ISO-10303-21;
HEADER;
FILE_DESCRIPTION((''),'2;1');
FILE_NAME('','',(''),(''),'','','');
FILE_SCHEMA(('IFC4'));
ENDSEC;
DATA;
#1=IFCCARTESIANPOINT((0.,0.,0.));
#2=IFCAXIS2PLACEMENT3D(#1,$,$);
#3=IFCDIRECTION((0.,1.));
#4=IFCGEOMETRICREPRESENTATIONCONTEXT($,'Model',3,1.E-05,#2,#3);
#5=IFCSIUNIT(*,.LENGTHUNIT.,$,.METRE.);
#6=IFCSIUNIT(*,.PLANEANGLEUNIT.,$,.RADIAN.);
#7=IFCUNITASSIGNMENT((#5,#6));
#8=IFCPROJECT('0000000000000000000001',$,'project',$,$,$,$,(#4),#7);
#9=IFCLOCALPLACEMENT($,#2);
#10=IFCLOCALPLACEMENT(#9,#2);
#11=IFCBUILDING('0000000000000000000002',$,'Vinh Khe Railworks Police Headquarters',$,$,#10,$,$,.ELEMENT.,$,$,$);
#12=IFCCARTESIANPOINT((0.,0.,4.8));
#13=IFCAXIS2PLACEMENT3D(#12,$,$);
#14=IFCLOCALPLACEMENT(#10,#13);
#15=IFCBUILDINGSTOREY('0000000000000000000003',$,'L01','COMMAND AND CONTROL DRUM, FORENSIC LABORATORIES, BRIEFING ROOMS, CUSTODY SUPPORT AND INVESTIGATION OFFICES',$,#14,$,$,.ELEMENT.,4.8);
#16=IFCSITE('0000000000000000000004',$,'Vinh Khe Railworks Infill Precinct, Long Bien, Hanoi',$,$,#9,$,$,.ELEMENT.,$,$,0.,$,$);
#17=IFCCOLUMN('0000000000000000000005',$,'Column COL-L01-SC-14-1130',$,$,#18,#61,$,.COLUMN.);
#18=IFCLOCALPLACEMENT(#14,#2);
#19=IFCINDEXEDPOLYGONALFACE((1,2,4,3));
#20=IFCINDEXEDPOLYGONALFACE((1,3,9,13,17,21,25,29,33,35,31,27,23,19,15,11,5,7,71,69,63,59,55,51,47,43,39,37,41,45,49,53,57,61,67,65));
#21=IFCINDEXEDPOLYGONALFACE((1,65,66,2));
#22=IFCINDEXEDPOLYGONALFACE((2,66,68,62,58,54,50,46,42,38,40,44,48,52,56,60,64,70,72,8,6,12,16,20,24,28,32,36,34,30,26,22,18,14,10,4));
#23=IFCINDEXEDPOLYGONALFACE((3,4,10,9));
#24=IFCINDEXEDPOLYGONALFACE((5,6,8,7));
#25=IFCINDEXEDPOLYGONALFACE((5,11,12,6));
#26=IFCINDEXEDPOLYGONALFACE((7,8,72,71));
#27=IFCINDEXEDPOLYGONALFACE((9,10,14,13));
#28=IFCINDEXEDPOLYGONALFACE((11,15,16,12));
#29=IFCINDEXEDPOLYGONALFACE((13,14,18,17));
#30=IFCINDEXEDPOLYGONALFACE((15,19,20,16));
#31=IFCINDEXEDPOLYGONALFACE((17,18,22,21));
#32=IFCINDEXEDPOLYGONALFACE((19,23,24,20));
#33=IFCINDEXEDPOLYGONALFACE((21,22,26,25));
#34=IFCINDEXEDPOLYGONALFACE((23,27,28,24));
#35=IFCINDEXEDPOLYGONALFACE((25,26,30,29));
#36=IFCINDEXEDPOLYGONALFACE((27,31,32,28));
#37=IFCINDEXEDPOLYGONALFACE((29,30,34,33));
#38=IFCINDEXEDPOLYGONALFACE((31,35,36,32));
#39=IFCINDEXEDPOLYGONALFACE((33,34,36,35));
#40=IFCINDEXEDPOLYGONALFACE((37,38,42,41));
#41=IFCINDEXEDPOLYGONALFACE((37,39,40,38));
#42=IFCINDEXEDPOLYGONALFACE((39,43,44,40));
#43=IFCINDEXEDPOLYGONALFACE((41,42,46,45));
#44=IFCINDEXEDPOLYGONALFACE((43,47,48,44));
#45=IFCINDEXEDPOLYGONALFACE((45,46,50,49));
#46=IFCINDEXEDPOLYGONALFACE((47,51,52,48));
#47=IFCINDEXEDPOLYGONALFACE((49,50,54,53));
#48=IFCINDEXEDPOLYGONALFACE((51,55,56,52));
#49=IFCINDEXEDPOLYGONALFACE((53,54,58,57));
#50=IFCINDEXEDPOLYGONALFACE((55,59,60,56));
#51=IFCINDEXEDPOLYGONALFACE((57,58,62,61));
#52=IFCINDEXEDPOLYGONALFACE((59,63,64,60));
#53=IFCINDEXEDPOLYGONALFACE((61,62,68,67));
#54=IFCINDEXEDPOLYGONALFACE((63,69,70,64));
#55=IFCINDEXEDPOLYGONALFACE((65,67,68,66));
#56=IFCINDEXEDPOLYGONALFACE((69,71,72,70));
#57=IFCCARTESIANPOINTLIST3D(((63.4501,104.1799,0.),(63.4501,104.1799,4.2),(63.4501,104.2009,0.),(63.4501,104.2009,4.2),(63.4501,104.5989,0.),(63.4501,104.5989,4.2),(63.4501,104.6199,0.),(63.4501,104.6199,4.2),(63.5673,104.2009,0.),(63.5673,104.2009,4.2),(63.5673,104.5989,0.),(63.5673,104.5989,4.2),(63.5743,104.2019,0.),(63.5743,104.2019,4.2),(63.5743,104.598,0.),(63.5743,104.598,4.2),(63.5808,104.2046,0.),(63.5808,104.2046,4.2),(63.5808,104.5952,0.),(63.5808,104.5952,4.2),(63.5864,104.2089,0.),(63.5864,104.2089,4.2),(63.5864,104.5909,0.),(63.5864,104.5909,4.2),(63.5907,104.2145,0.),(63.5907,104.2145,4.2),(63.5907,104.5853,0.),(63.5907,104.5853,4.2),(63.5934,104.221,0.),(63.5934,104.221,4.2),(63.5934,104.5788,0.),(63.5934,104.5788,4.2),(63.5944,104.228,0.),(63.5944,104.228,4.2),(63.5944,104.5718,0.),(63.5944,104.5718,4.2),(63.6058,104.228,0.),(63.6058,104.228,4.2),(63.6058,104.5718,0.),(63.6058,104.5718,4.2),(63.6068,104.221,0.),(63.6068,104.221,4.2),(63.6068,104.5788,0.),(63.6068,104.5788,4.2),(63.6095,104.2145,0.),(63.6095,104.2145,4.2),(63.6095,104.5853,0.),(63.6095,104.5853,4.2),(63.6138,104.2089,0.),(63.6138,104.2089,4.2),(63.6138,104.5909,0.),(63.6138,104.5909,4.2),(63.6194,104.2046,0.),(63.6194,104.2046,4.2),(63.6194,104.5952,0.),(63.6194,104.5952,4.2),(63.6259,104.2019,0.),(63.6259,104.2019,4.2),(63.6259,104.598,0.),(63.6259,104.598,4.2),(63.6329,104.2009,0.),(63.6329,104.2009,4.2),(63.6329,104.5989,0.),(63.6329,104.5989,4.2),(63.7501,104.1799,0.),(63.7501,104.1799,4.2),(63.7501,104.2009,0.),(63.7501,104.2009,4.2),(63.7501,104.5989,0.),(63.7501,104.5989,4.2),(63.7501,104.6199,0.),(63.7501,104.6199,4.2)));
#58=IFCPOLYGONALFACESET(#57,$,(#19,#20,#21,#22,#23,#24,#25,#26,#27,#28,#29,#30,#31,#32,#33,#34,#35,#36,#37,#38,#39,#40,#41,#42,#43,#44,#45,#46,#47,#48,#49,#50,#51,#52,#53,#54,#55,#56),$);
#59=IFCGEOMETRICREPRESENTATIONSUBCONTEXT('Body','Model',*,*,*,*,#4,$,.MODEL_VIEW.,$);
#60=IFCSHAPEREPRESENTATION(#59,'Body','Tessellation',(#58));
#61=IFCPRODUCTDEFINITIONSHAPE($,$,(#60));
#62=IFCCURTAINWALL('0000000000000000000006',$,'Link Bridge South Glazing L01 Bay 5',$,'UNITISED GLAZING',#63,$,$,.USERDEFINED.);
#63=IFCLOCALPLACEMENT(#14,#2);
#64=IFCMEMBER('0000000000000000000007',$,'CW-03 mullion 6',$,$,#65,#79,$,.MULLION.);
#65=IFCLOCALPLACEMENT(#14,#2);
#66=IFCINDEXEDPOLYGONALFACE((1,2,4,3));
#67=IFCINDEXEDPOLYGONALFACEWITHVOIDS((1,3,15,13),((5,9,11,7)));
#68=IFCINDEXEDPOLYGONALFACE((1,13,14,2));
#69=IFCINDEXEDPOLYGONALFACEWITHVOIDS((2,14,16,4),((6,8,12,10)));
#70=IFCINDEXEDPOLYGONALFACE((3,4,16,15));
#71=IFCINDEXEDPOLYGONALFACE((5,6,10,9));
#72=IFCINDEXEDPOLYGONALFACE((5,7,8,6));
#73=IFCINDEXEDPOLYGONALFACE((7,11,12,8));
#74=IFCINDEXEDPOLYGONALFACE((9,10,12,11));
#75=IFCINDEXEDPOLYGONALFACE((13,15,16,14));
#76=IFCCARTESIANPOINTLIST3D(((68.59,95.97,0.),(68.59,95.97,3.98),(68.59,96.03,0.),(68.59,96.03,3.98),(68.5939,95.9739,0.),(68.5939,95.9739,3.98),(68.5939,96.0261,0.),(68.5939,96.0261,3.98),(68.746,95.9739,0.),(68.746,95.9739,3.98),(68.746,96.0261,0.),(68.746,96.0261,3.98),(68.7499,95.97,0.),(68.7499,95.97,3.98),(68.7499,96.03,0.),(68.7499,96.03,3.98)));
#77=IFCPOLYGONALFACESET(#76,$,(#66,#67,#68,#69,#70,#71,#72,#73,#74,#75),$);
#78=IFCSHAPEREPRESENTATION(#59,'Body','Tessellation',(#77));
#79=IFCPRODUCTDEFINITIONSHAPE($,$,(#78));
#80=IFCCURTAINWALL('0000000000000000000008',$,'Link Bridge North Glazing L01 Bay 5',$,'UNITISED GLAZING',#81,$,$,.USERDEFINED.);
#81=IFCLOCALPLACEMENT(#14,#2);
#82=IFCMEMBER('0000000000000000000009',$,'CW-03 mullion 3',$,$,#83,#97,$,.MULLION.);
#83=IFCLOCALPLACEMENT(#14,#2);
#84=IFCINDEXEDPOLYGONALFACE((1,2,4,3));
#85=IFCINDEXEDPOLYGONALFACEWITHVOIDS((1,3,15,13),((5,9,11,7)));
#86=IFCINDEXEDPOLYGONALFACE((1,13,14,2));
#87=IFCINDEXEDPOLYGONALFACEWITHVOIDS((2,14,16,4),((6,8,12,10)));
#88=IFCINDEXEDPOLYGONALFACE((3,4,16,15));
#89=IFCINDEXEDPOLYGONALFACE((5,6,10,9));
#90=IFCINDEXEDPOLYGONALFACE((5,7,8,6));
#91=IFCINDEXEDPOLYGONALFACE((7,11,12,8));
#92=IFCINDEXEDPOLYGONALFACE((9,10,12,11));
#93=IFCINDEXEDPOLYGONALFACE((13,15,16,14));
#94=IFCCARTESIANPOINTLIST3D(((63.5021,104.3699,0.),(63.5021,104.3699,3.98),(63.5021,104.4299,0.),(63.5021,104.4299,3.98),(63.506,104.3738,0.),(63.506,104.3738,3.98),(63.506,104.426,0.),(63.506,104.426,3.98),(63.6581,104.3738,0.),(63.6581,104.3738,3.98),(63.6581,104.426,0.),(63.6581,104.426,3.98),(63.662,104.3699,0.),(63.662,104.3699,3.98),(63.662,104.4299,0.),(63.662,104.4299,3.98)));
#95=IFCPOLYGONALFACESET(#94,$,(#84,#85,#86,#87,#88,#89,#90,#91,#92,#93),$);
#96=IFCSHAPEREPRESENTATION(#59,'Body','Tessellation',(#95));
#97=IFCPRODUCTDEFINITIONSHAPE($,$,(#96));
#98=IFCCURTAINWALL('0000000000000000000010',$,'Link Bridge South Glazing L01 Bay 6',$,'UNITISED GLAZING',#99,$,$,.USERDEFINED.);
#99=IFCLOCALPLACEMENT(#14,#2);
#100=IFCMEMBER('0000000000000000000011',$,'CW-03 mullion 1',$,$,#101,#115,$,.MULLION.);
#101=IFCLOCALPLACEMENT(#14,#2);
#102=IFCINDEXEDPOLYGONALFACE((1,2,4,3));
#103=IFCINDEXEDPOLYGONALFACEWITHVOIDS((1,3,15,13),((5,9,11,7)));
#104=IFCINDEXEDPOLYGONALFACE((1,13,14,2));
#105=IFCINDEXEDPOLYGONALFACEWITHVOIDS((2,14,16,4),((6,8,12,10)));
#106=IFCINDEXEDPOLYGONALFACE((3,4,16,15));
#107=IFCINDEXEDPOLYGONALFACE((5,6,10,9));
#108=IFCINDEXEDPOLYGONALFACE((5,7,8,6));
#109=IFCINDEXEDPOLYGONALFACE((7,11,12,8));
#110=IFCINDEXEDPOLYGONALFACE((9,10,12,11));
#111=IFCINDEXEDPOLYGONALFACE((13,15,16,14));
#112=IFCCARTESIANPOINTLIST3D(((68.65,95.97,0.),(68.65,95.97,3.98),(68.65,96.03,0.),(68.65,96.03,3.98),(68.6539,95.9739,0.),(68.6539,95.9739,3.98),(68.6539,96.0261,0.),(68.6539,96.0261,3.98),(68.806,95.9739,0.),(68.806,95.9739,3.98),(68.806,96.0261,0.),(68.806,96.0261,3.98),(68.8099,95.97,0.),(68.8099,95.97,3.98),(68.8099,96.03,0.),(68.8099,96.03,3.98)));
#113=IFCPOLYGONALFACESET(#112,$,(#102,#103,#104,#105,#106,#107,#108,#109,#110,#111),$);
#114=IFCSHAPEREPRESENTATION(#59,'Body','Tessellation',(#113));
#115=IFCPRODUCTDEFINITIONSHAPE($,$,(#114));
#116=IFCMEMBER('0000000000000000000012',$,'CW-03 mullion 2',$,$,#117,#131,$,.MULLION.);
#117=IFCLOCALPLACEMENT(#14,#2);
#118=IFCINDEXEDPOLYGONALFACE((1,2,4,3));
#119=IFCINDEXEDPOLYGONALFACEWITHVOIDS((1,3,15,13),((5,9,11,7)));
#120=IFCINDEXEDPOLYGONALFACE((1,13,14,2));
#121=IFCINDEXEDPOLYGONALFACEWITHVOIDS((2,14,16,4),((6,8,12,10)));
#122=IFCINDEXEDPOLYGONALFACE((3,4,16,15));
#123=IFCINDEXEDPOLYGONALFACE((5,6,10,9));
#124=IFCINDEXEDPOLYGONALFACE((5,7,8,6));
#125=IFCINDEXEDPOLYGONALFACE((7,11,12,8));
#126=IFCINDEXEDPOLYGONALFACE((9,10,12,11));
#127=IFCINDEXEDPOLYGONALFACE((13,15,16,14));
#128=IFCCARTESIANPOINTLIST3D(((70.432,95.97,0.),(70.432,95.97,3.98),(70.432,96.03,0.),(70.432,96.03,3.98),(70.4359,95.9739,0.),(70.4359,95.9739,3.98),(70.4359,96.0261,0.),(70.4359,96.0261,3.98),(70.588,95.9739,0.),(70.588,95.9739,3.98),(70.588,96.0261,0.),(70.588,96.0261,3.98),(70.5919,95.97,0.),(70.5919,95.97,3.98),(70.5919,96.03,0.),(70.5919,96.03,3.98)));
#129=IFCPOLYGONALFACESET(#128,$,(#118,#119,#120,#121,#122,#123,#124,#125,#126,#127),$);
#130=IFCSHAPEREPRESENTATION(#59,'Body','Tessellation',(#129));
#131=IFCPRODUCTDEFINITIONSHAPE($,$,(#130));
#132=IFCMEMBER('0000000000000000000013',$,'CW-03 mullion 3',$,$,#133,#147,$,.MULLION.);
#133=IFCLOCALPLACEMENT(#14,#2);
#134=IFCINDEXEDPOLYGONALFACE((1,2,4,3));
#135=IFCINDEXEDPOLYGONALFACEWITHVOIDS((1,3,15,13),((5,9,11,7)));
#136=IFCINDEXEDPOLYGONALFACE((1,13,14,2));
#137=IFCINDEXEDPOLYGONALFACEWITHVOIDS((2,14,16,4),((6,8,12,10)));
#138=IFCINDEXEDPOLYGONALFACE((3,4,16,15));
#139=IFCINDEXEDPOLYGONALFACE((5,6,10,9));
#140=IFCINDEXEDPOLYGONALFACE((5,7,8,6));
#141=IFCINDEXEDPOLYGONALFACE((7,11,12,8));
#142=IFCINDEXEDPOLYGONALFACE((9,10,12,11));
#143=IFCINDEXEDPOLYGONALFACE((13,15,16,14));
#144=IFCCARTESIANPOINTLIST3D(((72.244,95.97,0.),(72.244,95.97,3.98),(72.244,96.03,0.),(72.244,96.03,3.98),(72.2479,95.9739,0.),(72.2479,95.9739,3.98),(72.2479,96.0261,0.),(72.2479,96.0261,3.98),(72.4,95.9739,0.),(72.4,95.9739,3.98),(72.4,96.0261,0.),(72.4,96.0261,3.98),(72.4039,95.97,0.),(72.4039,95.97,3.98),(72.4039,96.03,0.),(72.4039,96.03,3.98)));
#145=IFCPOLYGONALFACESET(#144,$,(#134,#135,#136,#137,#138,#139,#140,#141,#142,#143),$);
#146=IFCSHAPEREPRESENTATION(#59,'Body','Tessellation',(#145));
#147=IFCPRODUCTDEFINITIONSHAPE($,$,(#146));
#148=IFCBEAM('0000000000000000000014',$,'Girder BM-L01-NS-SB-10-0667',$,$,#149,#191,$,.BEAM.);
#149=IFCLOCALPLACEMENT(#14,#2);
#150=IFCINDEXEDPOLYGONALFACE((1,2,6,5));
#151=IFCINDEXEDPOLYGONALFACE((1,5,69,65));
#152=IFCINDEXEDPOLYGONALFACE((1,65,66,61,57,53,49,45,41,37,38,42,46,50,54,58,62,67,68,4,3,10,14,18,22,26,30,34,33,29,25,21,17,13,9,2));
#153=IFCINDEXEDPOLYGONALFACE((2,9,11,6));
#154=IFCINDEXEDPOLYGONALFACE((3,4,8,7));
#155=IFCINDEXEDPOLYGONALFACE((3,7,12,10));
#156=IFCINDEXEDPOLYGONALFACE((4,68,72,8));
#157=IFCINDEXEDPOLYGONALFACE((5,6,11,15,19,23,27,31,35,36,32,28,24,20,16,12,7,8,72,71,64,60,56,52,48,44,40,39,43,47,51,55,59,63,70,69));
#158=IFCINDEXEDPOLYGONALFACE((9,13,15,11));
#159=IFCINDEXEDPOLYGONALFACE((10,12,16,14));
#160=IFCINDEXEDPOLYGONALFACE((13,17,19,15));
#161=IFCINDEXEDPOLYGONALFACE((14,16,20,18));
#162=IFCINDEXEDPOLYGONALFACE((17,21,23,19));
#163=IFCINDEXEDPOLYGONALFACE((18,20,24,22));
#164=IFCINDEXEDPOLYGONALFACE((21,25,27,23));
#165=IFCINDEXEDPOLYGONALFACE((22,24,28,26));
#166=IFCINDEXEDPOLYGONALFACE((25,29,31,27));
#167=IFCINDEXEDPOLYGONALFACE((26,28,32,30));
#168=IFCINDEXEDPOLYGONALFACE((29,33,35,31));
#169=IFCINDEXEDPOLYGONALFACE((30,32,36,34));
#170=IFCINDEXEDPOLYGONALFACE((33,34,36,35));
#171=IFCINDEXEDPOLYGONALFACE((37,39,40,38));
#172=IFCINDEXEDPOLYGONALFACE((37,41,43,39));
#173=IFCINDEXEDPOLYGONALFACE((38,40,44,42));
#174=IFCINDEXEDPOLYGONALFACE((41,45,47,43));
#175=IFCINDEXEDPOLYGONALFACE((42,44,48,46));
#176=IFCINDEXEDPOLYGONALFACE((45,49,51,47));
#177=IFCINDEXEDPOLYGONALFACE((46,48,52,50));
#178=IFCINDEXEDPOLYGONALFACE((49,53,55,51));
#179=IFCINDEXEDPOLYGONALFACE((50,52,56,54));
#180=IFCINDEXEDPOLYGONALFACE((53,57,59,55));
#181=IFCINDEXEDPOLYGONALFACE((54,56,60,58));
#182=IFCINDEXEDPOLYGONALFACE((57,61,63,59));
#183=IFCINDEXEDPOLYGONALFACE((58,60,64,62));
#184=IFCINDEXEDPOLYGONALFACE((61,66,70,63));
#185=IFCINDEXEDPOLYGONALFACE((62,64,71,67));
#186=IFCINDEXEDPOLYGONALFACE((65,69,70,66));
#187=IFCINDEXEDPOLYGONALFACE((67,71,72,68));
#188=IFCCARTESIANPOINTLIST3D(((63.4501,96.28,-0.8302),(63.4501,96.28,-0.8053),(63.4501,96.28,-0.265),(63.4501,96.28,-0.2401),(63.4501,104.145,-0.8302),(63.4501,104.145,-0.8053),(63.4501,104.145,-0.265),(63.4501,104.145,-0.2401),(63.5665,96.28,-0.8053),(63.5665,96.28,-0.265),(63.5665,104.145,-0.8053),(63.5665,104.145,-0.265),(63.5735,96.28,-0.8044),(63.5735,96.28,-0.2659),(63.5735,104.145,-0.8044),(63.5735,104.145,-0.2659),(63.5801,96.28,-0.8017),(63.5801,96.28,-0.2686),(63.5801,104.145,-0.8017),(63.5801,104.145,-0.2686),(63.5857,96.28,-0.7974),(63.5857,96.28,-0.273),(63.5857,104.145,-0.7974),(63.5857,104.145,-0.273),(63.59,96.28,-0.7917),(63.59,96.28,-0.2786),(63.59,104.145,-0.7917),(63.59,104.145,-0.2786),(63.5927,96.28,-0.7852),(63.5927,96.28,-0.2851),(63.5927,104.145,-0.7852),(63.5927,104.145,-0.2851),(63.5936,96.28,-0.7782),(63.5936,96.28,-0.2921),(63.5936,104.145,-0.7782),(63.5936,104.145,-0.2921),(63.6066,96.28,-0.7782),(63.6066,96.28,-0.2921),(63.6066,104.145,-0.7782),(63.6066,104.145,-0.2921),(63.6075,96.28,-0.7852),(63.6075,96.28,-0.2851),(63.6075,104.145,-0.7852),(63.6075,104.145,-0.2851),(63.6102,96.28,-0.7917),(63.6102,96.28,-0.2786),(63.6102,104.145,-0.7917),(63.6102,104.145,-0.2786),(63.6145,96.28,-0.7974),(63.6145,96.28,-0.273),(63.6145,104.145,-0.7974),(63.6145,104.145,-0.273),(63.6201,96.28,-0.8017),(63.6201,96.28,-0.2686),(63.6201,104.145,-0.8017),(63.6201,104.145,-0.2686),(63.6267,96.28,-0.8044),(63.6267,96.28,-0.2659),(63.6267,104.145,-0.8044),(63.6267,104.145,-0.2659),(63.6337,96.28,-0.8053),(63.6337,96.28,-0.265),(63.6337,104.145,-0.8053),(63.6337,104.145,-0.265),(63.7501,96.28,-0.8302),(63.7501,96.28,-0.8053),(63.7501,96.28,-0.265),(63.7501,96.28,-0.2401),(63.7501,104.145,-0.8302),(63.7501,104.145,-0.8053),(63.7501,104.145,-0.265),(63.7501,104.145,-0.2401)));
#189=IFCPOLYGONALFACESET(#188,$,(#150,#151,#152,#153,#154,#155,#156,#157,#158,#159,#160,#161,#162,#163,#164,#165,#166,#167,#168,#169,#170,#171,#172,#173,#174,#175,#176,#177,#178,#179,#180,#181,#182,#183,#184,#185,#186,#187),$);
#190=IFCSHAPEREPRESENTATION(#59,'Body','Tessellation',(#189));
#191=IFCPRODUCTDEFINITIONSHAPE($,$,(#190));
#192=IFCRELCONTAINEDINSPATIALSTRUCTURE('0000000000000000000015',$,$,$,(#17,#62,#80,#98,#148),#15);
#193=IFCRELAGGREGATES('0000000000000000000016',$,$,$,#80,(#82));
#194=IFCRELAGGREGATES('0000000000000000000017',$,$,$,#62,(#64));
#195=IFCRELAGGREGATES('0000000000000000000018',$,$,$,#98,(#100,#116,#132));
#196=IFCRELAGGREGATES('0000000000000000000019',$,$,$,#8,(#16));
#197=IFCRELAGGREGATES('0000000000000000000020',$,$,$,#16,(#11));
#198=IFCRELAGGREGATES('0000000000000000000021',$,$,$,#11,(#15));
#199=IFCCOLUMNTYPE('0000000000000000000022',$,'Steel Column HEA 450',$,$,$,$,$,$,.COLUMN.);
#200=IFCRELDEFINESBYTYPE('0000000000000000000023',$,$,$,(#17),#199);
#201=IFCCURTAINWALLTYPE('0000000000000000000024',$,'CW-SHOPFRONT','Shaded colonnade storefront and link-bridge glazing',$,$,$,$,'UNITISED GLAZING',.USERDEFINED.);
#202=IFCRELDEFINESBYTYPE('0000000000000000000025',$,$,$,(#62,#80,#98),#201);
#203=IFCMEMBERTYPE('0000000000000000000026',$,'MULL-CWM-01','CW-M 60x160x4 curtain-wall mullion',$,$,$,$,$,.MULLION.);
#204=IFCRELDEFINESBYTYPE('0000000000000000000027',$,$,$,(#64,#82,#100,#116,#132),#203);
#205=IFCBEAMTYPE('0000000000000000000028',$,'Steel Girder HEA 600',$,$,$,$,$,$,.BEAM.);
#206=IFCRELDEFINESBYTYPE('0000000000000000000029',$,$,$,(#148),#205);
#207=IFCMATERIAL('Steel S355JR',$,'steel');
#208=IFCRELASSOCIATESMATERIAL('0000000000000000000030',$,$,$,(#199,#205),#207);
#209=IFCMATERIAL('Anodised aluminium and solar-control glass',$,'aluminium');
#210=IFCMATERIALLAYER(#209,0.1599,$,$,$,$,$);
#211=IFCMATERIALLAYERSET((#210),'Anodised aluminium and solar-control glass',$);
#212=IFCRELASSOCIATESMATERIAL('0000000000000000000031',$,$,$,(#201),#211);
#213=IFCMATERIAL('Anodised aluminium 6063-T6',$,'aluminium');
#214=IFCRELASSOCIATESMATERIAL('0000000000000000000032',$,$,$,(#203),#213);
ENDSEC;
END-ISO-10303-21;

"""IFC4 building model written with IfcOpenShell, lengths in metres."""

from ifc_helpers import new_model, si_unit, direction, frame, origin, origin_2d, place, context, subcontext, project, spatial, hollow_rectangle, i_section, extrude, material, layer, layer_set, material_profile, profile_set, type_object, element, aggregate, save


model = new_model("IFC4")

# Units and contexts
model_context = context("Model", 3, precision=1e-05, world=origin(), true_north=direction((0.0, 1.0)))
body_context = subcontext(model_context, "Body", "Model", "MODEL_VIEW")
ifc_project = project(units=[si_unit("LENGTHUNIT", "METRE"), si_unit("PLANEANGLEUNIT", "RADIAN")], contexts=[model_context])

# Site, building, storey
site_placement = place(None, origin())
site = spatial("IfcSite", under=ifc_project, at=site_placement, Name="Vinh Khe Railworks Infill Precinct, Long Bien, Hanoi", CompositionType="ELEMENT", RefElevation=0.0)
building_placement = place(site_placement, origin())
building = spatial("IfcBuilding", under=site, at=building_placement, Name="Vinh Khe Railworks Police Headquarters", CompositionType="ELEMENT")
storey_placement = place(building_placement, frame((0.0, 0.0, 4.8)))
storey = spatial("IfcBuildingStorey", under=building, at=storey_placement, Name="L01", Description="COMMAND AND CONTROL DRUM, FORENSIC LABORATORIES, BRIEFING ROOMS, CUSTODY SUPPORT AND INVESTIGATION OFFICES", CompositionType="ELEMENT", Elevation=4.8)

# Column
ifc_material_1 = material(Name="Steel S355JR", Category="steel")
ifc_material_profile_1 = material_profile(ifc_material_1, i_section(OverallWidth=0.3, OverallDepth=0.4399, WebThickness=0.0115, FlangeThickness=0.021, FilletRadius=0.0271, at=origin_2d()), Name="HEA 450")
ifc_profile_set_1 = profile_set([ifc_material_profile_1], Name="Steel S355JR")
column_type = type_object("IfcColumnType", Name="Steel Column HEA 450", PredefinedType="COLUMN", material=ifc_profile_set_1)
column_placement = place(storey_placement, frame((63.6001, 104.3999, 0.0), z_axis=(0.0, 0.0, 1.0), x_axis=(1.0, 0.0, 0.0)))
element("IfcColumn", 1, at=column_placement, inside=storey, type_object=column_type, Name="Column COL-L01-SC-14-1130", PredefinedType="COLUMN", context=body_context, shape_type="SweptSolid", body=[
    extrude(i_section(OverallWidth=0.3, OverallDepth=0.4399, WebThickness=0.0115, FlangeThickness=0.021, FilletRadius=0.0271, at=origin_2d()), origin(), (0.0, 0.0, 1.0), 4.2),
])

# Curtain walls, members
ifc_material_2 = material(Name="Anodised aluminium and solar-control glass", Category="aluminium")
ifc_layer_1 = layer(ifc_material_2, 0.1599)
ifc_layer_set_1 = layer_set([ifc_layer_1], Name="Anodised aluminium and solar-control glass")
curtain_wall_type = type_object("IfcCurtainWallType", Name="CW-SHOPFRONT", Description="Shaded colonnade storefront and link-bridge glazing", ElementType="UNITISED GLAZING", PredefinedType="USERDEFINED", material=ifc_layer_set_1)
curtain_wall_1_placement = place(storey_placement, origin())
curtain_wall_1 = element("IfcCurtainWall", 2, at=curtain_wall_1_placement, inside=storey, type_object=curtain_wall_type, Name="Link Bridge South Glazing L01 Bay 5", ObjectType="UNITISED GLAZING", PredefinedType="USERDEFINED")
ifc_material_3 = material(Name="Anodised aluminium 6063-T6", Category="aluminium")
ifc_material_profile_2 = material_profile(ifc_material_3, hollow_rectangle(XDim=0.0601, YDim=0.1599, WallThickness=0.0039, at=origin_2d()), Name="CW-M 60x160x4")
ifc_profile_set_2 = profile_set([ifc_material_profile_2], Name="Anodised aluminium 6063-T6")
member_type_1 = type_object("IfcMemberType", Name="MULL-CWM-01", Description="CW-M 60x160x4 curtain-wall mullion", PredefinedType="MULLION", material=ifc_profile_set_2)
member_1_placement = place(storey_placement, frame((68.6699, 96.0, 0.0), z_axis=(0.0, 0.0, 1.0), x_axis=(0.0, 1.0, 0.0)))
member_1 = element("IfcMember", 3, at=member_1_placement, type_object=member_type_1, Name="CW-03 mullion 6", PredefinedType="MULLION", context=body_context, shape_type="SweptSolid", body=[
    extrude(hollow_rectangle(XDim=0.0601, YDim=0.1599, WallThickness=0.0039, at=origin_2d()), origin(), (0.0, 0.0, 1.0), 3.98),
])
curtain_wall_2_placement = place(storey_placement, origin())
curtain_wall_2 = element("IfcCurtainWall", 4, at=curtain_wall_2_placement, inside=storey, type_object=curtain_wall_type, Name="Link Bridge North Glazing L01 Bay 5", ObjectType="UNITISED GLAZING", PredefinedType="USERDEFINED")
member_2_placement = place(storey_placement, frame((63.582, 104.3999, 0.0), z_axis=(0.0, 0.0, 1.0), x_axis=(0.0, 1.0, 0.0)))
member_2 = element("IfcMember", 5, at=member_2_placement, type_object=member_type_1, Name="CW-03 mullion 3", PredefinedType="MULLION", context=body_context, shape_type="SweptSolid", body=[
    extrude(hollow_rectangle(XDim=0.0601, YDim=0.1599, WallThickness=0.0039, at=origin_2d()), origin(), (0.0, 0.0, 1.0), 3.98),
])

# Curtain wall, members
curtain_wall_3_placement = place(storey_placement, origin())
curtain_wall_3 = element("IfcCurtainWall", 6, at=curtain_wall_3_placement, inside=storey, type_object=curtain_wall_type, Name="Link Bridge South Glazing L01 Bay 6", ObjectType="UNITISED GLAZING", PredefinedType="USERDEFINED")
member_3_placement = place(storey_placement, frame((68.73, 96.0, 0.0), z_axis=(0.0, 0.0, 1.0), x_axis=(0.0, 1.0, 0.0)))
member_3 = element("IfcMember", 7, at=member_3_placement, type_object=member_type_1, Name="CW-03 mullion 1", PredefinedType="MULLION", context=body_context, shape_type="SweptSolid", body=[
    extrude(hollow_rectangle(XDim=0.0601, YDim=0.1599, WallThickness=0.0039, at=origin_2d()), origin(), (0.0, 0.0, 1.0), 3.98),
])
member_4_placement = place(storey_placement, frame((70.512, 96.0, 0.0), z_axis=(0.0, 0.0, 1.0), x_axis=(0.0, 1.0, 0.0)))
member_4 = element("IfcMember", 8, at=member_4_placement, type_object=member_type_1, Name="CW-03 mullion 2", PredefinedType="MULLION", context=body_context, shape_type="SweptSolid", body=[
    extrude(hollow_rectangle(XDim=0.0601, YDim=0.1599, WallThickness=0.0039, at=origin_2d()), origin(), (0.0, 0.0, 1.0), 3.98),
])
member_5_placement = place(storey_placement, frame((72.324, 96.0, 0.0), z_axis=(0.0, 0.0, 1.0), x_axis=(0.0, 1.0, 0.0)))
member_5 = element("IfcMember", 9, at=member_5_placement, type_object=member_type_1, Name="CW-03 mullion 3", PredefinedType="MULLION", context=body_context, shape_type="SweptSolid", body=[
    extrude(hollow_rectangle(XDim=0.0601, YDim=0.1599, WallThickness=0.0039, at=origin_2d()), origin(), (0.0, 0.0, 1.0), 3.98),
])

# Beam
ifc_material_profile_3 = material_profile(ifc_material_1, i_section(OverallWidth=0.3, OverallDepth=0.5901, WebThickness=0.0129, FlangeThickness=0.0249, FilletRadius=0.0271, at=origin_2d()), Name="HEA 600")
ifc_profile_set_3 = profile_set([ifc_material_profile_3], Name="Steel S355JR")
beam_type = type_object("IfcBeamType", Name="Steel Girder HEA 600", PredefinedType="BEAM", material=ifc_profile_set_3)
beam_placement = place(storey_placement, frame((63.6001, 96.28, -0.5352), z_axis=(0.0, 1.0, 0.0), x_axis=(-1.0, 0.0, 0.0)))
element("IfcBeam", 10, at=beam_placement, inside=storey, type_object=beam_type, Name="Girder BM-L01-NS-SB-10-0667", PredefinedType="BEAM", context=body_context, shape_type="SweptSolid", body=[
    extrude(i_section(OverallWidth=0.3, OverallDepth=0.5901, WebThickness=0.0129, FlangeThickness=0.0249, FilletRadius=0.0271, at=origin_2d()), origin(), (0.0, 0.0, 1.0), 7.865),
])

aggregate(curtain_wall_2, [member_2])

aggregate(curtain_wall_1, [member_1])
aggregate(curtain_wall_3, [member_3, member_4, member_5])

save(model, "model.ifc")
